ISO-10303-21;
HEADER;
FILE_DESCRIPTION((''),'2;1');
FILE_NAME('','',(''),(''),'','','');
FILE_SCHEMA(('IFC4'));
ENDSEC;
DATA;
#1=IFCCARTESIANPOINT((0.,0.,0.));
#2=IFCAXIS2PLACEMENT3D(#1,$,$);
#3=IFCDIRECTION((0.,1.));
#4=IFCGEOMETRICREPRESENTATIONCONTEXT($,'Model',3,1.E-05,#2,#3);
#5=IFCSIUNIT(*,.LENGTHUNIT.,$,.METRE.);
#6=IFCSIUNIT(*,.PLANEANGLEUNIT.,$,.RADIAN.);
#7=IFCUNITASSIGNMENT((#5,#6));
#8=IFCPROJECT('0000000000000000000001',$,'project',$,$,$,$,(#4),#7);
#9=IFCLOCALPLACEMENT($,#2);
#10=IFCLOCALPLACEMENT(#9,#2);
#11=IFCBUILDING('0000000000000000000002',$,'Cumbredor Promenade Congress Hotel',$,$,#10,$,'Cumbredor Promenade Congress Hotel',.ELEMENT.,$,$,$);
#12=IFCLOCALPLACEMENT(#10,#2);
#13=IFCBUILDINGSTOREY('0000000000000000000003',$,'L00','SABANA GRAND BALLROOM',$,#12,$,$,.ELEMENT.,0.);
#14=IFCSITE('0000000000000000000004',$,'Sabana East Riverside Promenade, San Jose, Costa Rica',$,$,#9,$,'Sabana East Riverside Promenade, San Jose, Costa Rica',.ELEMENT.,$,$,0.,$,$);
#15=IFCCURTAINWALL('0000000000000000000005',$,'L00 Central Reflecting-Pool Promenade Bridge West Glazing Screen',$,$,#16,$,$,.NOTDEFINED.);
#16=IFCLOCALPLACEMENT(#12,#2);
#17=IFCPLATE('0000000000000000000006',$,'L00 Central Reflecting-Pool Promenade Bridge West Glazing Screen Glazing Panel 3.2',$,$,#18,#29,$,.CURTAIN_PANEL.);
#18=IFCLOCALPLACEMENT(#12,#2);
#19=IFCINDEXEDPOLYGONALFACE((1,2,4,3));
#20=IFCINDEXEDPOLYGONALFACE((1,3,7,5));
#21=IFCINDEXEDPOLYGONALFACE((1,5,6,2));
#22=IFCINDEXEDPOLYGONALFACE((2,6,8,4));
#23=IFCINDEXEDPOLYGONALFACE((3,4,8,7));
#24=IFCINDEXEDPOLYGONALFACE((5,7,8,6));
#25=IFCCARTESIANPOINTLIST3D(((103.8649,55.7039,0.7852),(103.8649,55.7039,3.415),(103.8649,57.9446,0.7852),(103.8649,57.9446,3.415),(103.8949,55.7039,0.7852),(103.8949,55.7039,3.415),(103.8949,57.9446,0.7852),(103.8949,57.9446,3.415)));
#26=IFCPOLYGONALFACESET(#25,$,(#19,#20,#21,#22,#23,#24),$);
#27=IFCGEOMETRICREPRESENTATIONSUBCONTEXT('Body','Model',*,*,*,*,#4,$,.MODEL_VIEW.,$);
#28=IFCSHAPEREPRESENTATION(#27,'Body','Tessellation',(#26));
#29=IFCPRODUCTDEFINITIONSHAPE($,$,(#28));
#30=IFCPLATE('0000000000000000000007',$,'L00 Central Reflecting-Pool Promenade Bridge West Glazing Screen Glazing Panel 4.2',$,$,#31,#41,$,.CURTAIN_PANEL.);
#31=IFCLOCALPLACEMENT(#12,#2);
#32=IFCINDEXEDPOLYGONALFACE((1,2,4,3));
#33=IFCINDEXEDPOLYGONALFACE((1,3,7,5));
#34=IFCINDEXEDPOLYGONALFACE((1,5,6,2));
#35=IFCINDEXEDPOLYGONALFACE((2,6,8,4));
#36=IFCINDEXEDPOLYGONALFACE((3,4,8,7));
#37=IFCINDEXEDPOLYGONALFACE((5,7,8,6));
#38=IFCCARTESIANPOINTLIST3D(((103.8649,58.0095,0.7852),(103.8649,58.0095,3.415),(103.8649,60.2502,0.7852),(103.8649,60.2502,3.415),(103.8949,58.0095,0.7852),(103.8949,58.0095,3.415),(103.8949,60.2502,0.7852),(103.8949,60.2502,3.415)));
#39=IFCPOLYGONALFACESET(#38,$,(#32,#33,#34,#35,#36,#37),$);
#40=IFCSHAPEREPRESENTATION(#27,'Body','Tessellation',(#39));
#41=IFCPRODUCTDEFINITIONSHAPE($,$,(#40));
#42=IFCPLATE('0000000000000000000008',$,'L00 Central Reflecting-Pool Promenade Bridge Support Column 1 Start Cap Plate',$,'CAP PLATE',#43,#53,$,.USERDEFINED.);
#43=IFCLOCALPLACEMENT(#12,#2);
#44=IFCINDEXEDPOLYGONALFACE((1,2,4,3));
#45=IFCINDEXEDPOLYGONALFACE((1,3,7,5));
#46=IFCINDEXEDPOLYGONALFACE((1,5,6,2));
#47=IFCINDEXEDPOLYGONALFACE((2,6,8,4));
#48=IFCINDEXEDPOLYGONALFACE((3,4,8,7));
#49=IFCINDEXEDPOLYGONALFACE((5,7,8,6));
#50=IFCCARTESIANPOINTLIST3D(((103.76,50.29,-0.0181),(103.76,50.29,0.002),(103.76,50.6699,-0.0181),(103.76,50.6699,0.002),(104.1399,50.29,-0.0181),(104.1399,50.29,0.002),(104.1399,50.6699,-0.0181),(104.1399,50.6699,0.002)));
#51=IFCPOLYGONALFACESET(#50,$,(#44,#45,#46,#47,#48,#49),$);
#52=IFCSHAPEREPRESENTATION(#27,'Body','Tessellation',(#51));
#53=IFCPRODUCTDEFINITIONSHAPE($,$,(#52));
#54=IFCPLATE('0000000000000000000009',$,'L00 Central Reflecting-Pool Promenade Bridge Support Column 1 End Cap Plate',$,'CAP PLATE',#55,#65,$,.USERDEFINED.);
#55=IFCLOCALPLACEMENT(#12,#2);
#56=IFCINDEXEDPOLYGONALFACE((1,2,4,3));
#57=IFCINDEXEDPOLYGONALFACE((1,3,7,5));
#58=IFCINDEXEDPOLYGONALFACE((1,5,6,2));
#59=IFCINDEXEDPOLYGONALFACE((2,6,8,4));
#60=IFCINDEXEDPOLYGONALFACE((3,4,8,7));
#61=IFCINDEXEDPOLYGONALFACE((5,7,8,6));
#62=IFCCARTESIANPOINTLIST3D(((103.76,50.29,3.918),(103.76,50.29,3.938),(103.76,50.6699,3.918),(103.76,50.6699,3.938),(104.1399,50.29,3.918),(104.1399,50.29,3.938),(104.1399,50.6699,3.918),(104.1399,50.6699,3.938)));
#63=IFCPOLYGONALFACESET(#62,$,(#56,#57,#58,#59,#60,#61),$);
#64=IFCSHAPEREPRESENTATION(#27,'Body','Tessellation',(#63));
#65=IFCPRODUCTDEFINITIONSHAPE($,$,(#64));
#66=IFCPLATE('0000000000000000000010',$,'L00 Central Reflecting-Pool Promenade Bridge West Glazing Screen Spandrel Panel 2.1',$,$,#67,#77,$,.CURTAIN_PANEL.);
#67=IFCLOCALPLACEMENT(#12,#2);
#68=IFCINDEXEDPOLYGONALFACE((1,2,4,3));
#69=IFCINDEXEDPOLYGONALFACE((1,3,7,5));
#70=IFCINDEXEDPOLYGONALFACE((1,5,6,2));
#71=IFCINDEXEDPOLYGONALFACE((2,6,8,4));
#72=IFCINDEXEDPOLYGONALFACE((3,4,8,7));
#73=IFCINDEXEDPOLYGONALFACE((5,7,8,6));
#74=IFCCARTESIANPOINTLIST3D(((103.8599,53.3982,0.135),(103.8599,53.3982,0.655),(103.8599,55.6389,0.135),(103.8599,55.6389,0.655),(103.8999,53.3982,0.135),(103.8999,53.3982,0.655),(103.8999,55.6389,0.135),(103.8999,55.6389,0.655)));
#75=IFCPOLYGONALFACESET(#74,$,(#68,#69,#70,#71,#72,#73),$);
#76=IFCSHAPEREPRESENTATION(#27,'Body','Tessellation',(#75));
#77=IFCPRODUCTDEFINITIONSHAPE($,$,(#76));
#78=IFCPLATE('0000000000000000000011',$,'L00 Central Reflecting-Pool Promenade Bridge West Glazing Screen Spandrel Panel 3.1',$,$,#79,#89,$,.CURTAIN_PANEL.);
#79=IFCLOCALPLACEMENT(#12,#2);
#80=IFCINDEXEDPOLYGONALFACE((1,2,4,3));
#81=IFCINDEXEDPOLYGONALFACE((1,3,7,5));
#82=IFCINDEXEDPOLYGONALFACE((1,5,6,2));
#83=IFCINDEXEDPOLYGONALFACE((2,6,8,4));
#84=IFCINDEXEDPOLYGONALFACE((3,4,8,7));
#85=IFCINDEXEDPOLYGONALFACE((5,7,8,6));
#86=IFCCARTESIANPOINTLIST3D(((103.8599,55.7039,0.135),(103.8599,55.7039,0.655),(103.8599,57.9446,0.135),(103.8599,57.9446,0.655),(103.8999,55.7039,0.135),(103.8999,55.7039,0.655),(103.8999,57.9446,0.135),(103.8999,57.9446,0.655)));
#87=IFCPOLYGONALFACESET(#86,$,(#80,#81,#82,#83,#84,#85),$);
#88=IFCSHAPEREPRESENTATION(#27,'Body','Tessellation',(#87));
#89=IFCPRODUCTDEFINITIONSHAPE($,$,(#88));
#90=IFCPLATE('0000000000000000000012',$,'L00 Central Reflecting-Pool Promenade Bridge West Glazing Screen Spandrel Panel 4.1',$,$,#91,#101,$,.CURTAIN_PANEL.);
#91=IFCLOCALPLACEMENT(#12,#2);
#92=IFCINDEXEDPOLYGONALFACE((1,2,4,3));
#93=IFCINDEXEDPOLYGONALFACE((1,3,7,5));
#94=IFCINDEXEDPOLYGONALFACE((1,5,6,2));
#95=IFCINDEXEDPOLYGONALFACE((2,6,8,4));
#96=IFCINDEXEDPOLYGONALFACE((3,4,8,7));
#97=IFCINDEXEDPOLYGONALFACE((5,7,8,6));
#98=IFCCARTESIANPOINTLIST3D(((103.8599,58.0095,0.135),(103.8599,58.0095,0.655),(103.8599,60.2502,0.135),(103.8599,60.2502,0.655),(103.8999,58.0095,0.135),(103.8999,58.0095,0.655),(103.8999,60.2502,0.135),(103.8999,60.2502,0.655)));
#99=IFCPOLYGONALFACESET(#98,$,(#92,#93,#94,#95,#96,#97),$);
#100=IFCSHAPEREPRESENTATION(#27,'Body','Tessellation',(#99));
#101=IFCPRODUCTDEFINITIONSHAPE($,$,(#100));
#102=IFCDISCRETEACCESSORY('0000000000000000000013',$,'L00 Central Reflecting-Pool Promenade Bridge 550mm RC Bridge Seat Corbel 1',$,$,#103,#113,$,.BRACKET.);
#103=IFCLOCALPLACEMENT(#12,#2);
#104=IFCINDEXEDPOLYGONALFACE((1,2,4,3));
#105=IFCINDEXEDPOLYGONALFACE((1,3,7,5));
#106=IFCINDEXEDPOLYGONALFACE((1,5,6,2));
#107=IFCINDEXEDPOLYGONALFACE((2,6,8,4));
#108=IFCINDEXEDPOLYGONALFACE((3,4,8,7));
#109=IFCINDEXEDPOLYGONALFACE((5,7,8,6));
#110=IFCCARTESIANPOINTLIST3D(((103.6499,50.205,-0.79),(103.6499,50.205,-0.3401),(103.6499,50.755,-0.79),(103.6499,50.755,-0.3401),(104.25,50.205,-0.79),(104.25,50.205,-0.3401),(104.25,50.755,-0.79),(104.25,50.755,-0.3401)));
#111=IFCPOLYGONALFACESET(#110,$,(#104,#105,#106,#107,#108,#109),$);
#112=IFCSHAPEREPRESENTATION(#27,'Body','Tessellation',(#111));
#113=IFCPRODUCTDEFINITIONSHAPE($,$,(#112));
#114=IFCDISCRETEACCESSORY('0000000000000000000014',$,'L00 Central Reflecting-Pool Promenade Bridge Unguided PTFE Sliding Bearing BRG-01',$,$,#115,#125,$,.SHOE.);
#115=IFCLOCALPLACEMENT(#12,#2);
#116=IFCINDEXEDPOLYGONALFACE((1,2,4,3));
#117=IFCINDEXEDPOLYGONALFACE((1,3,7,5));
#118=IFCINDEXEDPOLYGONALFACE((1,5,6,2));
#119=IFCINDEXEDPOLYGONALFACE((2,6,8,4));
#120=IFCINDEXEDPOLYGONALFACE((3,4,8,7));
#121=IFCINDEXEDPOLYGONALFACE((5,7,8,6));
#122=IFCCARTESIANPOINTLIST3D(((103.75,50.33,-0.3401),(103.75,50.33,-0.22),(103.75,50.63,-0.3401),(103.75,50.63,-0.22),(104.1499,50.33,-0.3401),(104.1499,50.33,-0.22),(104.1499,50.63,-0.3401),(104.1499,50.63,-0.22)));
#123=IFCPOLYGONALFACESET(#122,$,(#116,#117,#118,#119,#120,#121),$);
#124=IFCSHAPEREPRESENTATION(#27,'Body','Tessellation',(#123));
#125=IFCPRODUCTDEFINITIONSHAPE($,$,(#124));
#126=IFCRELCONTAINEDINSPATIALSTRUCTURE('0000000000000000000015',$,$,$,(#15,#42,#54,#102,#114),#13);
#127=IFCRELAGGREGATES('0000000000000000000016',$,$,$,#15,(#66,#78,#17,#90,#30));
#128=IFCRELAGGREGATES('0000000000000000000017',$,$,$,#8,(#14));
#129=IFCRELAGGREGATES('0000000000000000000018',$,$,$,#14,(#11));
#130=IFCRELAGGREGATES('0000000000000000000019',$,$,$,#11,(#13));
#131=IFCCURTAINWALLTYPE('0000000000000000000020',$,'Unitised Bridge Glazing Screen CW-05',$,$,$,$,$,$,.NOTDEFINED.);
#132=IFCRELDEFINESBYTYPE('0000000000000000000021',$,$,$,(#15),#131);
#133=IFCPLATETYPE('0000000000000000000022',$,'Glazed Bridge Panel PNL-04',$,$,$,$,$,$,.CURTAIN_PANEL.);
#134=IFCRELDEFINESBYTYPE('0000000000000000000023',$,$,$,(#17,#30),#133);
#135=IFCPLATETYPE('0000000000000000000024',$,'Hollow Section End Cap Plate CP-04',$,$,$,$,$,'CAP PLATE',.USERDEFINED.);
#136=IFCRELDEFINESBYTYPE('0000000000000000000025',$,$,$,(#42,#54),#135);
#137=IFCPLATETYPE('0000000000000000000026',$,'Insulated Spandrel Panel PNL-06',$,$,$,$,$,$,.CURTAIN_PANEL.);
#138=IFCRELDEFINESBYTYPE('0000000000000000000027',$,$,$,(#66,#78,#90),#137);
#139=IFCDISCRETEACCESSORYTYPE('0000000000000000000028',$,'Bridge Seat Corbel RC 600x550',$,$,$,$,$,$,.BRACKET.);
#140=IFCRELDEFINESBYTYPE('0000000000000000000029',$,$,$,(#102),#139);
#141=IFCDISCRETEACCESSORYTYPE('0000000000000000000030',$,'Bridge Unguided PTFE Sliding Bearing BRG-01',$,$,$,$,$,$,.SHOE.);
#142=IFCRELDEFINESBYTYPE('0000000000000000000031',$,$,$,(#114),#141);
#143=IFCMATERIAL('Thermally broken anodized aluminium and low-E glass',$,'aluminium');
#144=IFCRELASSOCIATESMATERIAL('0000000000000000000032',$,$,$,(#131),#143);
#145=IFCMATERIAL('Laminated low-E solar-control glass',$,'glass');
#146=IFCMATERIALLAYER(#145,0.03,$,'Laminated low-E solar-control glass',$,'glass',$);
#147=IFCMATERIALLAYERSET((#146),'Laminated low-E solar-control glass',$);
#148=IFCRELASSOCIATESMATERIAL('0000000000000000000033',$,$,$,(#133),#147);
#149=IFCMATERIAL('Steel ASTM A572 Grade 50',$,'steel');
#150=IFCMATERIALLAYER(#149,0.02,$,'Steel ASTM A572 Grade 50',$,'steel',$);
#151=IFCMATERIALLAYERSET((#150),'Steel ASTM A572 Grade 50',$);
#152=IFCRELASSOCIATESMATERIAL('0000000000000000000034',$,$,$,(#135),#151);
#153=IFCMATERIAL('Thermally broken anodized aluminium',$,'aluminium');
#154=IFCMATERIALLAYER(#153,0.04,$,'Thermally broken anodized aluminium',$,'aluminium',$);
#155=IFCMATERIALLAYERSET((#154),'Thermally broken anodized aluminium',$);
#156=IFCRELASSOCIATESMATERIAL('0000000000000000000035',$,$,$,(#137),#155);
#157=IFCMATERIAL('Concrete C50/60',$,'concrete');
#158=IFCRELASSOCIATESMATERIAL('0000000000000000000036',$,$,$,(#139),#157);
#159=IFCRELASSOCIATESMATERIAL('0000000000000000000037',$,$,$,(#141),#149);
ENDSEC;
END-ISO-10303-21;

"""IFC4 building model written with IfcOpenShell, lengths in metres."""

from ifc_helpers import new_model, si_unit, direction, frame, origin, origin_2d, place, context, subcontext, project, spatial, rectangle, extrude, material, layer, layer_set, type_object, element, aggregate, save


model = new_model("IFC4")

# Units and contexts
model_context = context("Model", 3, precision=1e-05, world=origin(), true_north=direction((0.0, 1.0)))
body_context = subcontext(model_context, "Body", "Model", "MODEL_VIEW")
ifc_project = project(units=[si_unit("LENGTHUNIT", "METRE"), si_unit("PLANEANGLEUNIT", "RADIAN")], contexts=[model_context])

# Site, building, storey
site_placement = place(None, origin())
site = spatial("IfcSite", under=ifc_project, at=site_placement, Name="Sabana East Riverside Promenade, San Jose, Costa Rica", LongName="Sabana East Riverside Promenade, San Jose, Costa Rica", CompositionType="ELEMENT", RefElevation=0.0)
building_placement = place(site_placement, origin())
building = spatial("IfcBuilding", under=site, at=building_placement, Name="Cumbredor Promenade Congress Hotel", LongName="Cumbredor Promenade Congress Hotel", CompositionType="ELEMENT")
storey_placement = place(building_placement, origin())
storey = spatial("IfcBuildingStorey", under=building, at=storey_placement, Name="L00", Description="SABANA GRAND BALLROOM", CompositionType="ELEMENT", Elevation=0.0)

# Curtain wall, plates
ifc_material_1 = material(Name="Thermally broken anodized aluminium and low-E glass", Category="aluminium")
curtain_wall_type = type_object("IfcCurtainWallType", Name="Unitised Bridge Glazing Screen CW-05", PredefinedType="NOTDEFINED", material=ifc_material_1)
curtain_wall_placement = place(storey_placement, origin())
curtain_wall = element("IfcCurtainWall", 1, at=curtain_wall_placement, inside=storey, type_object=curtain_wall_type, Name="L00 Central Reflecting-Pool Promenade Bridge West Glazing Screen", PredefinedType="NOTDEFINED")
ifc_material_2 = material(Name="Thermally broken anodized aluminium", Category="aluminium")
ifc_material_3 = material(Name="Laminated low-E solar-control glass", Category="glass")
ifc_layer_1 = layer(ifc_material_3, 0.03, Name="Laminated low-E solar-control glass", Category="glass")
ifc_layer_set_1 = layer_set([ifc_layer_1], Name="Laminated low-E solar-control glass")
plate_type_1 = type_object("IfcPlateType", Name="Glazed Bridge Panel PNL-04", PredefinedType="CURTAIN_PANEL", material=ifc_layer_set_1)
plate_1_placement = place(storey_placement, frame((103.8799, 56.8242, 0.7852), z_axis=(0.0, 0.0, 1.0), x_axis=(0.0, 1.0, 0.0)))
plate_1 = element("IfcPlate", 2, at=plate_1_placement, type_object=plate_type_1, Name="L00 Central Reflecting-Pool Promenade Bridge West Glazing Screen Glazing Panel 3.2", PredefinedType="CURTAIN_PANEL", context=body_context, shape_type="SweptSolid", body=[
    extrude(rectangle(XDim=2.2407, YDim=0.03, at=origin_2d()), origin(), (0.0, 0.0, 1.0), 2.6299),
])
plate_2_placement = place(storey_placement, frame((103.8799, 59.1299, 0.7852), z_axis=(0.0, 0.0, 1.0), x_axis=(0.0, 1.0, 0.0)))
plate_2 = element("IfcPlate", 3, at=plate_2_placement, type_object=plate_type_1, Name="L00 Central Reflecting-Pool Promenade Bridge West Glazing Screen Glazing Panel 4.2", PredefinedType="CURTAIN_PANEL", context=body_context, shape_type="SweptSolid", body=[
    extrude(rectangle(XDim=2.2407, YDim=0.03, at=origin_2d()), origin(), (0.0, 0.0, 1.0), 2.6299),
])

# Plates
ifc_material_4 = material(Name="Steel ASTM A572 Grade 50", Category="steel")
ifc_layer_2 = layer(ifc_material_4, 0.02, Name="Steel ASTM A572 Grade 50", Category="steel")
ifc_layer_set_2 = layer_set([ifc_layer_2], Name="Steel ASTM A572 Grade 50")
plate_type_2 = type_object("IfcPlateType", Name="Hollow Section End Cap Plate CP-04", ElementType="CAP PLATE", PredefinedType="USERDEFINED", material=ifc_layer_set_2)
for number, where, z_axis, x_axis, name in (
    (4, (103.95, 50.48, -0.0181), (0.0, 0.0, 1.0), (1.0, 0.0, 0.0), "L00 Central Reflecting-Pool Promenade Bridge Support Column 1 Start Cap Plate"),
    (5, (103.95, 50.48, 3.918), (0.0, 0.0, 1.0), (1.0, 0.0, 0.0), "L00 Central Reflecting-Pool Promenade Bridge Support Column 1 End Cap Plate"),
):
    element("IfcPlate", number, at=place(storey_placement, frame(where, z_axis=z_axis, x_axis=x_axis)), inside=storey, type_object=plate_type_2, Name=name, ObjectType="CAP PLATE", PredefinedType="USERDEFINED", context=body_context, shape_type="SweptSolid", body=[
        extrude(rectangle(XDim=0.3799, YDim=0.3799, at=origin_2d()), origin(), (0.0, 0.0, 1.0), 0.02),
    ])

# Plates
ifc_layer_3 = layer(ifc_material_2, 0.04, Name="Thermally broken anodized aluminium", Category="aluminium")
ifc_layer_set_3 = layer_set([ifc_layer_3], Name="Thermally broken anodized aluminium")
plate_type_3 = type_object("IfcPlateType", Name="Insulated Spandrel Panel PNL-06", PredefinedType="CURTAIN_PANEL", material=ifc_layer_set_3)
plate_3_placement = place(storey_placement, frame((103.8799, 54.5186, 0.135), z_axis=(0.0, 0.0, 1.0), x_axis=(0.0, 1.0, 0.0)))
plate_3 = element("IfcPlate", 6, at=plate_3_placement, type_object=plate_type_3, Name="L00 Central Reflecting-Pool Promenade Bridge West Glazing Screen Spandrel Panel 2.1", PredefinedType="CURTAIN_PANEL", context=body_context, shape_type="SweptSolid", body=[
    extrude(rectangle(XDim=2.2407, YDim=0.04, at=origin_2d()), origin(), (0.0, 0.0, 1.0), 0.52),
])
plate_4_placement = place(storey_placement, frame((103.8799, 56.8242, 0.135), z_axis=(0.0, 0.0, 1.0), x_axis=(0.0, 1.0, 0.0)))
plate_4 = element("IfcPlate", 7, at=plate_4_placement, type_object=plate_type_3, Name="L00 Central Reflecting-Pool Promenade Bridge West Glazing Screen Spandrel Panel 3.1", PredefinedType="CURTAIN_PANEL", context=body_context, shape_type="SweptSolid", body=[
    extrude(rectangle(XDim=2.2407, YDim=0.04, at=origin_2d()), origin(), (0.0, 0.0, 1.0), 0.52),
])
plate_5_placement = place(storey_placement, frame((103.8799, 59.1299, 0.135), z_axis=(0.0, 0.0, 1.0), x_axis=(0.0, 1.0, 0.0)))
plate_5 = element("IfcPlate", 8, at=plate_5_placement, type_object=plate_type_3, Name="L00 Central Reflecting-Pool Promenade Bridge West Glazing Screen Spandrel Panel 4.1", PredefinedType="CURTAIN_PANEL", context=body_context, shape_type="SweptSolid", body=[
    extrude(rectangle(XDim=2.2407, YDim=0.04, at=origin_2d()), origin(), (0.0, 0.0, 1.0), 0.52),
])
aggregate(curtain_wall, [plate_3, plate_4, plate_1, plate_5, plate_2])

# Discrete accessories
ifc_material_5 = material(Name="Concrete C50/60", Category="concrete")
discrete_accessory_type_1 = type_object("IfcDiscreteAccessoryType", Name="Bridge Seat Corbel RC 600x550", PredefinedType="BRACKET", material=ifc_material_5)
discrete_accessory_1_placement = place(storey_placement, frame((103.95, 50.48, -0.79), z_axis=(0.0, 0.0, 1.0), x_axis=(0.0, 1.0, 0.0)))
element("IfcDiscreteAccessory", 9, at=discrete_accessory_1_placement, inside=storey, type_object=discrete_accessory_type_1, Name="L00 Central Reflecting-Pool Promenade Bridge 550mm RC Bridge Seat Corbel 1", PredefinedType="BRACKET", context=body_context, shape_type="SweptSolid", body=[
    extrude(rectangle(XDim=0.55, YDim=0.6001, at=origin_2d()), origin(), (0.0, 0.0, 1.0), 0.45),
])
discrete_accessory_type_2 = type_object("IfcDiscreteAccessoryType", Name="Bridge Unguided PTFE Sliding Bearing BRG-01", PredefinedType="SHOE", material=ifc_material_4)
discrete_accessory_2_placement = place(storey_placement, frame((103.95, 50.48, -0.3401), z_axis=(0.0, 0.0, 1.0), x_axis=(0.0, 1.0, 0.0)))
element("IfcDiscreteAccessory", 10, at=discrete_accessory_2_placement, inside=storey, type_object=discrete_accessory_type_2, Name="L00 Central Reflecting-Pool Promenade Bridge Unguided PTFE Sliding Bearing BRG-01", PredefinedType="SHOE", context=body_context, shape_type="SweptSolid", body=[
    extrude(rectangle(XDim=0.3, YDim=0.3999, at=origin_2d()), origin(), (0.0, 0.0, 1.0), 0.1201),
])

save(model, "model.ifc")
